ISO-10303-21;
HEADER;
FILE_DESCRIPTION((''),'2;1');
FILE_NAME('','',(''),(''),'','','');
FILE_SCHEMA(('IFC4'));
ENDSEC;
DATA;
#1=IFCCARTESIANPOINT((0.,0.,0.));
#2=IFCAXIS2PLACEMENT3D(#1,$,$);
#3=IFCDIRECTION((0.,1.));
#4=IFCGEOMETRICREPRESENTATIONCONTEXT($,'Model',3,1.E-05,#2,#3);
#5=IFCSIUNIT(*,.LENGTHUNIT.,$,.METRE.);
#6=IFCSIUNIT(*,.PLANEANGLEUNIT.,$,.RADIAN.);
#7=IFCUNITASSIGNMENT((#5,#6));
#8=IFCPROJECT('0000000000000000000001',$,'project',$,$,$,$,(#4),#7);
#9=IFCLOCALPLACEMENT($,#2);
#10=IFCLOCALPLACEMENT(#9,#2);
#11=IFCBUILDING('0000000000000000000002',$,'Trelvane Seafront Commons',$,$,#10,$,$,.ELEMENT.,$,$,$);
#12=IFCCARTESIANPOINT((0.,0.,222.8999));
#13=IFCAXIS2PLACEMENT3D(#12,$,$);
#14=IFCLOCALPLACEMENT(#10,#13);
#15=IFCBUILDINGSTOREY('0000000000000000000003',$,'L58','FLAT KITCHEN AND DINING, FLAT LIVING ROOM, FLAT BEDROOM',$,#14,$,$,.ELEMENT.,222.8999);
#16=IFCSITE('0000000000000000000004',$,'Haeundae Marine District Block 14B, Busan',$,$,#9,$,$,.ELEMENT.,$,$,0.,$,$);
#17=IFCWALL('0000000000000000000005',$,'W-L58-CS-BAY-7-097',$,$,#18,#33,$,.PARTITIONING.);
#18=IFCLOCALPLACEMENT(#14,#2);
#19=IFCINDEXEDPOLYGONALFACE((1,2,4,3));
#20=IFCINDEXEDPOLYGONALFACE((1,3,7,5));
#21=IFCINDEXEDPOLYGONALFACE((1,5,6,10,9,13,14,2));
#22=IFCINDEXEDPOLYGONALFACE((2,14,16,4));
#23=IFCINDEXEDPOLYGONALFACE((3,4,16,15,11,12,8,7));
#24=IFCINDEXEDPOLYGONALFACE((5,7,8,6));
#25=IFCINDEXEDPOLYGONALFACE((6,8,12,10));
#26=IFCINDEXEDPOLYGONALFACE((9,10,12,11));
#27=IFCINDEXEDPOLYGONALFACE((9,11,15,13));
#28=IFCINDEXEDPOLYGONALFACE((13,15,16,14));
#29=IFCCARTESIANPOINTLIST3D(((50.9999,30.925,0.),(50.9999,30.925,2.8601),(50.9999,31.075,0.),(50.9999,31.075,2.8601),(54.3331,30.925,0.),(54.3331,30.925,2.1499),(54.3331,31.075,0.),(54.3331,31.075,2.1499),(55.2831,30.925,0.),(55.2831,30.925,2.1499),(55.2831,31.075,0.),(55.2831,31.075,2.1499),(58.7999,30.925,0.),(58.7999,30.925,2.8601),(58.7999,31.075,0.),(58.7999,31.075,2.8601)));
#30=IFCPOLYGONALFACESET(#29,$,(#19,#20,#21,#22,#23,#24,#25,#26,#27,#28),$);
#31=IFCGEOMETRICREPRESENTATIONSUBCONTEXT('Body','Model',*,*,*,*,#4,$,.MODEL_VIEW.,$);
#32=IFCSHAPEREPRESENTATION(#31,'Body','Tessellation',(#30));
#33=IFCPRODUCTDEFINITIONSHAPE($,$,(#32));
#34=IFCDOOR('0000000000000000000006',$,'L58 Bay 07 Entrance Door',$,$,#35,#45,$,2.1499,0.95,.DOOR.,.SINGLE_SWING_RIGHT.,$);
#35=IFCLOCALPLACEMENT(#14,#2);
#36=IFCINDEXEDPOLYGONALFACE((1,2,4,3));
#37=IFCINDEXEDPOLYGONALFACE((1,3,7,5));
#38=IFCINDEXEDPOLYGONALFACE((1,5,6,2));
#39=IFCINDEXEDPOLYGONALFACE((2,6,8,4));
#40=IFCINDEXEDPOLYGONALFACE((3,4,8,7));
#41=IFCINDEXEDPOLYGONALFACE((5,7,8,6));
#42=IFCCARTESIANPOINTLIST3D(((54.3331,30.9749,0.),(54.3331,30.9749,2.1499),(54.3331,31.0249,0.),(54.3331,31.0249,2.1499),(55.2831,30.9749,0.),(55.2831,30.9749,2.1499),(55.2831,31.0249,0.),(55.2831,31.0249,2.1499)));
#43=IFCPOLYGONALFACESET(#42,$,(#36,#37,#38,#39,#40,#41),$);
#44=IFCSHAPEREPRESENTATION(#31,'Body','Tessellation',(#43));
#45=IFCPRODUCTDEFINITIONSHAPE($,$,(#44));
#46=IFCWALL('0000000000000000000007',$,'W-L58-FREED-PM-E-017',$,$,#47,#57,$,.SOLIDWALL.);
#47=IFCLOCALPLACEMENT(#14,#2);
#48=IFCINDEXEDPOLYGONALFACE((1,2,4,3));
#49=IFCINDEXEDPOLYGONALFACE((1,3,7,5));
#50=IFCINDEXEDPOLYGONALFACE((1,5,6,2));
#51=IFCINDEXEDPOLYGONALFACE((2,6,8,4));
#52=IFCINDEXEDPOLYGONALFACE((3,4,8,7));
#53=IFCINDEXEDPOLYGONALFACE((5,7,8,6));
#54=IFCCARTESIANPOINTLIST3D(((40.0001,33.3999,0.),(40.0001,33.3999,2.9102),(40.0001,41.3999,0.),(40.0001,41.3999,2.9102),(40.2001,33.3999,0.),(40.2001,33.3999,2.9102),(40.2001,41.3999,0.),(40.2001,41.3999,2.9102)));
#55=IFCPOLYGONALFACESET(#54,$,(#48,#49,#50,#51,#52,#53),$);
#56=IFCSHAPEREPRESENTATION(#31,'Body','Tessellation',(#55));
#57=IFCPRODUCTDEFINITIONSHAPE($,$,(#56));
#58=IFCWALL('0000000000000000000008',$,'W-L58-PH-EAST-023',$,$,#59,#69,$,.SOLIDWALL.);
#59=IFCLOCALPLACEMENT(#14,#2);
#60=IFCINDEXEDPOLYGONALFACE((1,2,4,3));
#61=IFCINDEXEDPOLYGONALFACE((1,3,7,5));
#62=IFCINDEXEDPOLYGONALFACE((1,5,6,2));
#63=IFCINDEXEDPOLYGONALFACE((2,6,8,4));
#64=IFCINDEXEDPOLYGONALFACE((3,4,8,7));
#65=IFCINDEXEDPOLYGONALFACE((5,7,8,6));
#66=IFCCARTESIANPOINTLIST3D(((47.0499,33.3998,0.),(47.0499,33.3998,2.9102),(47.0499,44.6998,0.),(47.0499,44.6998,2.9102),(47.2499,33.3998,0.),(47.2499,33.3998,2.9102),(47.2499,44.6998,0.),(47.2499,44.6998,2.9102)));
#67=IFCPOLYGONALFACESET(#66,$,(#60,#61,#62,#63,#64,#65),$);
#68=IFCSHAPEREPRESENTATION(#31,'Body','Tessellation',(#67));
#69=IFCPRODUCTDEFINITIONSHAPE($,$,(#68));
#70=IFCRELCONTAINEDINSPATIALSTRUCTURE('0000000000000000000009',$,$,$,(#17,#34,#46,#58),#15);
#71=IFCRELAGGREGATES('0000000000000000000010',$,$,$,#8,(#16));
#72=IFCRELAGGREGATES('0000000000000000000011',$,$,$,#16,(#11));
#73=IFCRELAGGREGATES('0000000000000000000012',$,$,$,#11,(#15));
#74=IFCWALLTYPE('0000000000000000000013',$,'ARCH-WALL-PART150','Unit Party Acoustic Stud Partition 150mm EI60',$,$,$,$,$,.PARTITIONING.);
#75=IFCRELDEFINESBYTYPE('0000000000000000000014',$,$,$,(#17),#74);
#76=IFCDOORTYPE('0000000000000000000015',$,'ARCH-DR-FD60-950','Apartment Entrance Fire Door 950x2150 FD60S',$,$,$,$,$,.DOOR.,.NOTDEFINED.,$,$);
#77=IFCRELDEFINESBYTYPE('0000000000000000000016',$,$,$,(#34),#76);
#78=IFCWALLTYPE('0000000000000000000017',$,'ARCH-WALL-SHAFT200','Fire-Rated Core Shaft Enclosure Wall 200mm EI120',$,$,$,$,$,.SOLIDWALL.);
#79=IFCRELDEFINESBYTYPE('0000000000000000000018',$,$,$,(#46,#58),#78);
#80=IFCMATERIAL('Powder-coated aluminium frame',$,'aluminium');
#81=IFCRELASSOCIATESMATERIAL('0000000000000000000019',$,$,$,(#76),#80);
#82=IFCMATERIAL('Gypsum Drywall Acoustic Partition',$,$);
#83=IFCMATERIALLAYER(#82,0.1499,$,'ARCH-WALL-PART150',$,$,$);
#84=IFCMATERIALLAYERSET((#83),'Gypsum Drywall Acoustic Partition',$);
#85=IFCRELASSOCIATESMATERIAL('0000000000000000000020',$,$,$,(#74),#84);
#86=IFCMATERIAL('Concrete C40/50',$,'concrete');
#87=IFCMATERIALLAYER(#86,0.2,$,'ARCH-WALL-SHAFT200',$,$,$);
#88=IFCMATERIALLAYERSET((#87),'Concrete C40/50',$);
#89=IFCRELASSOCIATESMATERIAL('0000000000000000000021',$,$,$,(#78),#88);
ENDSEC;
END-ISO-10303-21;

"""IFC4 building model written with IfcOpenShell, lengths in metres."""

from ifc_helpers import new_model, si_unit, direction, frame, frame_2d, origin, place, context, subcontext, project, spatial, rectangle, extrude, source, transform, mapped, material, layer, layer_set, type_object, element, fill, save


model = new_model("IFC4")

# Units and contexts
model_context = context("Model", 3, precision=1e-05, world=origin(), true_north=direction((0.0, 1.0)))
body_context = subcontext(model_context, "Body", "Model", "MODEL_VIEW")
ifc_project = project(units=[si_unit("LENGTHUNIT", "METRE"), si_unit("PLANEANGLEUNIT", "RADIAN")], contexts=[model_context])

# Site, building, storey
site_placement = place(None, origin())
site = spatial("IfcSite", under=ifc_project, at=site_placement, Name="Haeundae Marine District Block 14B, Busan", CompositionType="ELEMENT", RefElevation=0.0)
building_placement = place(site_placement, origin())
building = spatial("IfcBuilding", under=site, at=building_placement, Name="Trelvane Seafront Commons", CompositionType="ELEMENT")
storey_placement = place(building_placement, frame((0.0, 0.0, 222.8999)))
storey = spatial("IfcBuildingStorey", under=building, at=storey_placement, Name="L58", Description="FLAT KITCHEN AND DINING, FLAT LIVING ROOM, FLAT BEDROOM", CompositionType="ELEMENT", Elevation=222.8999)

# Shared definitions
ifc_material_1 = material(Name="Concrete C40/50", Category="concrete")
ifc_material_2 = material(Name="Powder-coated aluminium frame", Category="aluminium")

# Shared definitions
door_type_1 = type_object("IfcDoorType", Name="ARCH-DR-FD60-950", Description="Apartment Entrance Fire Door 950x2150 FD60S", OperationType="NOTDEFINED", PredefinedType="DOOR", material=ifc_material_2)
shared_shape_1 = source(origin(), body_context, "Body", "SweptSolid", [
    extrude(rectangle(XDim=0.95, YDim=2.1499, at=frame_2d((0.4751, 1.075))), frame((0.0, 0.0249, 0.0), z_axis=(0.0, -1.0, 0.0), x_axis=(1.0, 0.0, 0.0)), (0.0, 0.0, 1.0), 0.05),
])
ifc_material_3 = material(Name="Gypsum Drywall Acoustic Partition")

# Wall, opening, door
ifc_layer_1 = layer(ifc_material_3, 0.1499, Name="ARCH-WALL-PART150")
ifc_layer_set_1 = layer_set([ifc_layer_1], Name="Gypsum Drywall Acoustic Partition")
wall_type_1 = type_object("IfcWallType", Name="ARCH-WALL-PART150", Description="Unit Party Acoustic Stud Partition 150mm EI60", PredefinedType="PARTITIONING", material=ifc_layer_set_1)
wall_1_placement = place(storey_placement, frame((51.0, 31.0, 0.0), z_axis=(0.0, 0.0, 1.0), x_axis=(1.0, 0.0, 0.0)))
wall_1 = element("IfcWall", 1, at=wall_1_placement, inside=storey, type_object=wall_type_1, Name="W-L58-CS-BAY-7-097", PredefinedType="PARTITIONING", context=body_context, shape_type="SweptSolid", body=[
    extrude(rectangle(XDim=7.8, YDim=0.1499, at=frame_2d((3.8999, 0.0))), origin(), (0.0, 0.0, 1.0), 2.8601),
])
opening_1_placement = place(wall_1_placement, frame((3.333, 0.0, 0.0)))
opening_1 = element("IfcOpeningElement", 2, at=opening_1_placement, cuts=wall_1, PredefinedType="OPENING", context=body_context, shape_type="SweptSolid", body=[
    extrude(rectangle(XDim=0.95, YDim=2.1499, at=frame_2d((0.4751, 1.075))), frame((0.0, 0.085, 0.0), z_axis=(0.0, -1.0, 0.0), x_axis=(1.0, 0.0, 0.0)), (0.0, 0.0, 1.0), 0.1699),
])
door_1_placement = place(opening_1_placement, origin())
door_1 = element("IfcDoor", 3, at=door_1_placement, inside=storey, type_object=door_type_1, Name="L58 Bay 07 Entrance Door", OperationType="SINGLE_SWING_RIGHT", OverallHeight=2.1499, OverallWidth=0.95, PredefinedType="DOOR", context=body_context, shape_type="MappedRepresentation", body=[
    mapped(shared_shape_1, transform((0.0, 0.0, 0.0), x_axis=(1.0, 0.0, 0.0), y_axis=(0.0, 1.0, 0.0), z_axis=(0.0, 0.0, 1.0), scale=1.0)),
])
fill(opening_1, door_1)

# Walls
ifc_layer_2 = layer(ifc_material_1, 0.2, Name="ARCH-WALL-SHAFT200")
ifc_layer_set_2 = layer_set([ifc_layer_2], Name="Concrete C40/50")
wall_type_2 = type_object("IfcWallType", Name="ARCH-WALL-SHAFT200", Description="Fire-Rated Core Shaft Enclosure Wall 200mm EI120", PredefinedType="SOLIDWALL", material=ifc_layer_set_2)
wall_2_placement = place(storey_placement, frame((40.1001, 33.3999, 0.0), z_axis=(0.0, 0.0, 1.0), x_axis=(0.0, 1.0, 0.0)))
element("IfcWall", 4, at=wall_2_placement, inside=storey, type_object=wall_type_2, Name="W-L58-FREED-PM-E-017", PredefinedType="SOLIDWALL", context=body_context, shape_type="SweptSolid", body=[
    extrude(rectangle(XDim=8.0, YDim=0.2, at=frame_2d((4.0, 0.0))), origin(), (0.0, 0.0, 1.0), 2.9102),
])
wall_3_placement = place(storey_placement, frame((47.1499, 33.3999, 0.0), z_axis=(0.0, 0.0, 1.0), x_axis=(0.0, 1.0, 0.0)))
element("IfcWall", 5, at=wall_3_placement, inside=storey, type_object=wall_type_2, Name="W-L58-PH-EAST-023", PredefinedType="SOLIDWALL", context=body_context, shape_type="SweptSolid", body=[
    extrude(rectangle(XDim=11.3, YDim=0.2, at=frame_2d((5.6499, 0.0))), origin(), (0.0, 0.0, 1.0), 2.9102),
])

save(model, "model.ifc")
